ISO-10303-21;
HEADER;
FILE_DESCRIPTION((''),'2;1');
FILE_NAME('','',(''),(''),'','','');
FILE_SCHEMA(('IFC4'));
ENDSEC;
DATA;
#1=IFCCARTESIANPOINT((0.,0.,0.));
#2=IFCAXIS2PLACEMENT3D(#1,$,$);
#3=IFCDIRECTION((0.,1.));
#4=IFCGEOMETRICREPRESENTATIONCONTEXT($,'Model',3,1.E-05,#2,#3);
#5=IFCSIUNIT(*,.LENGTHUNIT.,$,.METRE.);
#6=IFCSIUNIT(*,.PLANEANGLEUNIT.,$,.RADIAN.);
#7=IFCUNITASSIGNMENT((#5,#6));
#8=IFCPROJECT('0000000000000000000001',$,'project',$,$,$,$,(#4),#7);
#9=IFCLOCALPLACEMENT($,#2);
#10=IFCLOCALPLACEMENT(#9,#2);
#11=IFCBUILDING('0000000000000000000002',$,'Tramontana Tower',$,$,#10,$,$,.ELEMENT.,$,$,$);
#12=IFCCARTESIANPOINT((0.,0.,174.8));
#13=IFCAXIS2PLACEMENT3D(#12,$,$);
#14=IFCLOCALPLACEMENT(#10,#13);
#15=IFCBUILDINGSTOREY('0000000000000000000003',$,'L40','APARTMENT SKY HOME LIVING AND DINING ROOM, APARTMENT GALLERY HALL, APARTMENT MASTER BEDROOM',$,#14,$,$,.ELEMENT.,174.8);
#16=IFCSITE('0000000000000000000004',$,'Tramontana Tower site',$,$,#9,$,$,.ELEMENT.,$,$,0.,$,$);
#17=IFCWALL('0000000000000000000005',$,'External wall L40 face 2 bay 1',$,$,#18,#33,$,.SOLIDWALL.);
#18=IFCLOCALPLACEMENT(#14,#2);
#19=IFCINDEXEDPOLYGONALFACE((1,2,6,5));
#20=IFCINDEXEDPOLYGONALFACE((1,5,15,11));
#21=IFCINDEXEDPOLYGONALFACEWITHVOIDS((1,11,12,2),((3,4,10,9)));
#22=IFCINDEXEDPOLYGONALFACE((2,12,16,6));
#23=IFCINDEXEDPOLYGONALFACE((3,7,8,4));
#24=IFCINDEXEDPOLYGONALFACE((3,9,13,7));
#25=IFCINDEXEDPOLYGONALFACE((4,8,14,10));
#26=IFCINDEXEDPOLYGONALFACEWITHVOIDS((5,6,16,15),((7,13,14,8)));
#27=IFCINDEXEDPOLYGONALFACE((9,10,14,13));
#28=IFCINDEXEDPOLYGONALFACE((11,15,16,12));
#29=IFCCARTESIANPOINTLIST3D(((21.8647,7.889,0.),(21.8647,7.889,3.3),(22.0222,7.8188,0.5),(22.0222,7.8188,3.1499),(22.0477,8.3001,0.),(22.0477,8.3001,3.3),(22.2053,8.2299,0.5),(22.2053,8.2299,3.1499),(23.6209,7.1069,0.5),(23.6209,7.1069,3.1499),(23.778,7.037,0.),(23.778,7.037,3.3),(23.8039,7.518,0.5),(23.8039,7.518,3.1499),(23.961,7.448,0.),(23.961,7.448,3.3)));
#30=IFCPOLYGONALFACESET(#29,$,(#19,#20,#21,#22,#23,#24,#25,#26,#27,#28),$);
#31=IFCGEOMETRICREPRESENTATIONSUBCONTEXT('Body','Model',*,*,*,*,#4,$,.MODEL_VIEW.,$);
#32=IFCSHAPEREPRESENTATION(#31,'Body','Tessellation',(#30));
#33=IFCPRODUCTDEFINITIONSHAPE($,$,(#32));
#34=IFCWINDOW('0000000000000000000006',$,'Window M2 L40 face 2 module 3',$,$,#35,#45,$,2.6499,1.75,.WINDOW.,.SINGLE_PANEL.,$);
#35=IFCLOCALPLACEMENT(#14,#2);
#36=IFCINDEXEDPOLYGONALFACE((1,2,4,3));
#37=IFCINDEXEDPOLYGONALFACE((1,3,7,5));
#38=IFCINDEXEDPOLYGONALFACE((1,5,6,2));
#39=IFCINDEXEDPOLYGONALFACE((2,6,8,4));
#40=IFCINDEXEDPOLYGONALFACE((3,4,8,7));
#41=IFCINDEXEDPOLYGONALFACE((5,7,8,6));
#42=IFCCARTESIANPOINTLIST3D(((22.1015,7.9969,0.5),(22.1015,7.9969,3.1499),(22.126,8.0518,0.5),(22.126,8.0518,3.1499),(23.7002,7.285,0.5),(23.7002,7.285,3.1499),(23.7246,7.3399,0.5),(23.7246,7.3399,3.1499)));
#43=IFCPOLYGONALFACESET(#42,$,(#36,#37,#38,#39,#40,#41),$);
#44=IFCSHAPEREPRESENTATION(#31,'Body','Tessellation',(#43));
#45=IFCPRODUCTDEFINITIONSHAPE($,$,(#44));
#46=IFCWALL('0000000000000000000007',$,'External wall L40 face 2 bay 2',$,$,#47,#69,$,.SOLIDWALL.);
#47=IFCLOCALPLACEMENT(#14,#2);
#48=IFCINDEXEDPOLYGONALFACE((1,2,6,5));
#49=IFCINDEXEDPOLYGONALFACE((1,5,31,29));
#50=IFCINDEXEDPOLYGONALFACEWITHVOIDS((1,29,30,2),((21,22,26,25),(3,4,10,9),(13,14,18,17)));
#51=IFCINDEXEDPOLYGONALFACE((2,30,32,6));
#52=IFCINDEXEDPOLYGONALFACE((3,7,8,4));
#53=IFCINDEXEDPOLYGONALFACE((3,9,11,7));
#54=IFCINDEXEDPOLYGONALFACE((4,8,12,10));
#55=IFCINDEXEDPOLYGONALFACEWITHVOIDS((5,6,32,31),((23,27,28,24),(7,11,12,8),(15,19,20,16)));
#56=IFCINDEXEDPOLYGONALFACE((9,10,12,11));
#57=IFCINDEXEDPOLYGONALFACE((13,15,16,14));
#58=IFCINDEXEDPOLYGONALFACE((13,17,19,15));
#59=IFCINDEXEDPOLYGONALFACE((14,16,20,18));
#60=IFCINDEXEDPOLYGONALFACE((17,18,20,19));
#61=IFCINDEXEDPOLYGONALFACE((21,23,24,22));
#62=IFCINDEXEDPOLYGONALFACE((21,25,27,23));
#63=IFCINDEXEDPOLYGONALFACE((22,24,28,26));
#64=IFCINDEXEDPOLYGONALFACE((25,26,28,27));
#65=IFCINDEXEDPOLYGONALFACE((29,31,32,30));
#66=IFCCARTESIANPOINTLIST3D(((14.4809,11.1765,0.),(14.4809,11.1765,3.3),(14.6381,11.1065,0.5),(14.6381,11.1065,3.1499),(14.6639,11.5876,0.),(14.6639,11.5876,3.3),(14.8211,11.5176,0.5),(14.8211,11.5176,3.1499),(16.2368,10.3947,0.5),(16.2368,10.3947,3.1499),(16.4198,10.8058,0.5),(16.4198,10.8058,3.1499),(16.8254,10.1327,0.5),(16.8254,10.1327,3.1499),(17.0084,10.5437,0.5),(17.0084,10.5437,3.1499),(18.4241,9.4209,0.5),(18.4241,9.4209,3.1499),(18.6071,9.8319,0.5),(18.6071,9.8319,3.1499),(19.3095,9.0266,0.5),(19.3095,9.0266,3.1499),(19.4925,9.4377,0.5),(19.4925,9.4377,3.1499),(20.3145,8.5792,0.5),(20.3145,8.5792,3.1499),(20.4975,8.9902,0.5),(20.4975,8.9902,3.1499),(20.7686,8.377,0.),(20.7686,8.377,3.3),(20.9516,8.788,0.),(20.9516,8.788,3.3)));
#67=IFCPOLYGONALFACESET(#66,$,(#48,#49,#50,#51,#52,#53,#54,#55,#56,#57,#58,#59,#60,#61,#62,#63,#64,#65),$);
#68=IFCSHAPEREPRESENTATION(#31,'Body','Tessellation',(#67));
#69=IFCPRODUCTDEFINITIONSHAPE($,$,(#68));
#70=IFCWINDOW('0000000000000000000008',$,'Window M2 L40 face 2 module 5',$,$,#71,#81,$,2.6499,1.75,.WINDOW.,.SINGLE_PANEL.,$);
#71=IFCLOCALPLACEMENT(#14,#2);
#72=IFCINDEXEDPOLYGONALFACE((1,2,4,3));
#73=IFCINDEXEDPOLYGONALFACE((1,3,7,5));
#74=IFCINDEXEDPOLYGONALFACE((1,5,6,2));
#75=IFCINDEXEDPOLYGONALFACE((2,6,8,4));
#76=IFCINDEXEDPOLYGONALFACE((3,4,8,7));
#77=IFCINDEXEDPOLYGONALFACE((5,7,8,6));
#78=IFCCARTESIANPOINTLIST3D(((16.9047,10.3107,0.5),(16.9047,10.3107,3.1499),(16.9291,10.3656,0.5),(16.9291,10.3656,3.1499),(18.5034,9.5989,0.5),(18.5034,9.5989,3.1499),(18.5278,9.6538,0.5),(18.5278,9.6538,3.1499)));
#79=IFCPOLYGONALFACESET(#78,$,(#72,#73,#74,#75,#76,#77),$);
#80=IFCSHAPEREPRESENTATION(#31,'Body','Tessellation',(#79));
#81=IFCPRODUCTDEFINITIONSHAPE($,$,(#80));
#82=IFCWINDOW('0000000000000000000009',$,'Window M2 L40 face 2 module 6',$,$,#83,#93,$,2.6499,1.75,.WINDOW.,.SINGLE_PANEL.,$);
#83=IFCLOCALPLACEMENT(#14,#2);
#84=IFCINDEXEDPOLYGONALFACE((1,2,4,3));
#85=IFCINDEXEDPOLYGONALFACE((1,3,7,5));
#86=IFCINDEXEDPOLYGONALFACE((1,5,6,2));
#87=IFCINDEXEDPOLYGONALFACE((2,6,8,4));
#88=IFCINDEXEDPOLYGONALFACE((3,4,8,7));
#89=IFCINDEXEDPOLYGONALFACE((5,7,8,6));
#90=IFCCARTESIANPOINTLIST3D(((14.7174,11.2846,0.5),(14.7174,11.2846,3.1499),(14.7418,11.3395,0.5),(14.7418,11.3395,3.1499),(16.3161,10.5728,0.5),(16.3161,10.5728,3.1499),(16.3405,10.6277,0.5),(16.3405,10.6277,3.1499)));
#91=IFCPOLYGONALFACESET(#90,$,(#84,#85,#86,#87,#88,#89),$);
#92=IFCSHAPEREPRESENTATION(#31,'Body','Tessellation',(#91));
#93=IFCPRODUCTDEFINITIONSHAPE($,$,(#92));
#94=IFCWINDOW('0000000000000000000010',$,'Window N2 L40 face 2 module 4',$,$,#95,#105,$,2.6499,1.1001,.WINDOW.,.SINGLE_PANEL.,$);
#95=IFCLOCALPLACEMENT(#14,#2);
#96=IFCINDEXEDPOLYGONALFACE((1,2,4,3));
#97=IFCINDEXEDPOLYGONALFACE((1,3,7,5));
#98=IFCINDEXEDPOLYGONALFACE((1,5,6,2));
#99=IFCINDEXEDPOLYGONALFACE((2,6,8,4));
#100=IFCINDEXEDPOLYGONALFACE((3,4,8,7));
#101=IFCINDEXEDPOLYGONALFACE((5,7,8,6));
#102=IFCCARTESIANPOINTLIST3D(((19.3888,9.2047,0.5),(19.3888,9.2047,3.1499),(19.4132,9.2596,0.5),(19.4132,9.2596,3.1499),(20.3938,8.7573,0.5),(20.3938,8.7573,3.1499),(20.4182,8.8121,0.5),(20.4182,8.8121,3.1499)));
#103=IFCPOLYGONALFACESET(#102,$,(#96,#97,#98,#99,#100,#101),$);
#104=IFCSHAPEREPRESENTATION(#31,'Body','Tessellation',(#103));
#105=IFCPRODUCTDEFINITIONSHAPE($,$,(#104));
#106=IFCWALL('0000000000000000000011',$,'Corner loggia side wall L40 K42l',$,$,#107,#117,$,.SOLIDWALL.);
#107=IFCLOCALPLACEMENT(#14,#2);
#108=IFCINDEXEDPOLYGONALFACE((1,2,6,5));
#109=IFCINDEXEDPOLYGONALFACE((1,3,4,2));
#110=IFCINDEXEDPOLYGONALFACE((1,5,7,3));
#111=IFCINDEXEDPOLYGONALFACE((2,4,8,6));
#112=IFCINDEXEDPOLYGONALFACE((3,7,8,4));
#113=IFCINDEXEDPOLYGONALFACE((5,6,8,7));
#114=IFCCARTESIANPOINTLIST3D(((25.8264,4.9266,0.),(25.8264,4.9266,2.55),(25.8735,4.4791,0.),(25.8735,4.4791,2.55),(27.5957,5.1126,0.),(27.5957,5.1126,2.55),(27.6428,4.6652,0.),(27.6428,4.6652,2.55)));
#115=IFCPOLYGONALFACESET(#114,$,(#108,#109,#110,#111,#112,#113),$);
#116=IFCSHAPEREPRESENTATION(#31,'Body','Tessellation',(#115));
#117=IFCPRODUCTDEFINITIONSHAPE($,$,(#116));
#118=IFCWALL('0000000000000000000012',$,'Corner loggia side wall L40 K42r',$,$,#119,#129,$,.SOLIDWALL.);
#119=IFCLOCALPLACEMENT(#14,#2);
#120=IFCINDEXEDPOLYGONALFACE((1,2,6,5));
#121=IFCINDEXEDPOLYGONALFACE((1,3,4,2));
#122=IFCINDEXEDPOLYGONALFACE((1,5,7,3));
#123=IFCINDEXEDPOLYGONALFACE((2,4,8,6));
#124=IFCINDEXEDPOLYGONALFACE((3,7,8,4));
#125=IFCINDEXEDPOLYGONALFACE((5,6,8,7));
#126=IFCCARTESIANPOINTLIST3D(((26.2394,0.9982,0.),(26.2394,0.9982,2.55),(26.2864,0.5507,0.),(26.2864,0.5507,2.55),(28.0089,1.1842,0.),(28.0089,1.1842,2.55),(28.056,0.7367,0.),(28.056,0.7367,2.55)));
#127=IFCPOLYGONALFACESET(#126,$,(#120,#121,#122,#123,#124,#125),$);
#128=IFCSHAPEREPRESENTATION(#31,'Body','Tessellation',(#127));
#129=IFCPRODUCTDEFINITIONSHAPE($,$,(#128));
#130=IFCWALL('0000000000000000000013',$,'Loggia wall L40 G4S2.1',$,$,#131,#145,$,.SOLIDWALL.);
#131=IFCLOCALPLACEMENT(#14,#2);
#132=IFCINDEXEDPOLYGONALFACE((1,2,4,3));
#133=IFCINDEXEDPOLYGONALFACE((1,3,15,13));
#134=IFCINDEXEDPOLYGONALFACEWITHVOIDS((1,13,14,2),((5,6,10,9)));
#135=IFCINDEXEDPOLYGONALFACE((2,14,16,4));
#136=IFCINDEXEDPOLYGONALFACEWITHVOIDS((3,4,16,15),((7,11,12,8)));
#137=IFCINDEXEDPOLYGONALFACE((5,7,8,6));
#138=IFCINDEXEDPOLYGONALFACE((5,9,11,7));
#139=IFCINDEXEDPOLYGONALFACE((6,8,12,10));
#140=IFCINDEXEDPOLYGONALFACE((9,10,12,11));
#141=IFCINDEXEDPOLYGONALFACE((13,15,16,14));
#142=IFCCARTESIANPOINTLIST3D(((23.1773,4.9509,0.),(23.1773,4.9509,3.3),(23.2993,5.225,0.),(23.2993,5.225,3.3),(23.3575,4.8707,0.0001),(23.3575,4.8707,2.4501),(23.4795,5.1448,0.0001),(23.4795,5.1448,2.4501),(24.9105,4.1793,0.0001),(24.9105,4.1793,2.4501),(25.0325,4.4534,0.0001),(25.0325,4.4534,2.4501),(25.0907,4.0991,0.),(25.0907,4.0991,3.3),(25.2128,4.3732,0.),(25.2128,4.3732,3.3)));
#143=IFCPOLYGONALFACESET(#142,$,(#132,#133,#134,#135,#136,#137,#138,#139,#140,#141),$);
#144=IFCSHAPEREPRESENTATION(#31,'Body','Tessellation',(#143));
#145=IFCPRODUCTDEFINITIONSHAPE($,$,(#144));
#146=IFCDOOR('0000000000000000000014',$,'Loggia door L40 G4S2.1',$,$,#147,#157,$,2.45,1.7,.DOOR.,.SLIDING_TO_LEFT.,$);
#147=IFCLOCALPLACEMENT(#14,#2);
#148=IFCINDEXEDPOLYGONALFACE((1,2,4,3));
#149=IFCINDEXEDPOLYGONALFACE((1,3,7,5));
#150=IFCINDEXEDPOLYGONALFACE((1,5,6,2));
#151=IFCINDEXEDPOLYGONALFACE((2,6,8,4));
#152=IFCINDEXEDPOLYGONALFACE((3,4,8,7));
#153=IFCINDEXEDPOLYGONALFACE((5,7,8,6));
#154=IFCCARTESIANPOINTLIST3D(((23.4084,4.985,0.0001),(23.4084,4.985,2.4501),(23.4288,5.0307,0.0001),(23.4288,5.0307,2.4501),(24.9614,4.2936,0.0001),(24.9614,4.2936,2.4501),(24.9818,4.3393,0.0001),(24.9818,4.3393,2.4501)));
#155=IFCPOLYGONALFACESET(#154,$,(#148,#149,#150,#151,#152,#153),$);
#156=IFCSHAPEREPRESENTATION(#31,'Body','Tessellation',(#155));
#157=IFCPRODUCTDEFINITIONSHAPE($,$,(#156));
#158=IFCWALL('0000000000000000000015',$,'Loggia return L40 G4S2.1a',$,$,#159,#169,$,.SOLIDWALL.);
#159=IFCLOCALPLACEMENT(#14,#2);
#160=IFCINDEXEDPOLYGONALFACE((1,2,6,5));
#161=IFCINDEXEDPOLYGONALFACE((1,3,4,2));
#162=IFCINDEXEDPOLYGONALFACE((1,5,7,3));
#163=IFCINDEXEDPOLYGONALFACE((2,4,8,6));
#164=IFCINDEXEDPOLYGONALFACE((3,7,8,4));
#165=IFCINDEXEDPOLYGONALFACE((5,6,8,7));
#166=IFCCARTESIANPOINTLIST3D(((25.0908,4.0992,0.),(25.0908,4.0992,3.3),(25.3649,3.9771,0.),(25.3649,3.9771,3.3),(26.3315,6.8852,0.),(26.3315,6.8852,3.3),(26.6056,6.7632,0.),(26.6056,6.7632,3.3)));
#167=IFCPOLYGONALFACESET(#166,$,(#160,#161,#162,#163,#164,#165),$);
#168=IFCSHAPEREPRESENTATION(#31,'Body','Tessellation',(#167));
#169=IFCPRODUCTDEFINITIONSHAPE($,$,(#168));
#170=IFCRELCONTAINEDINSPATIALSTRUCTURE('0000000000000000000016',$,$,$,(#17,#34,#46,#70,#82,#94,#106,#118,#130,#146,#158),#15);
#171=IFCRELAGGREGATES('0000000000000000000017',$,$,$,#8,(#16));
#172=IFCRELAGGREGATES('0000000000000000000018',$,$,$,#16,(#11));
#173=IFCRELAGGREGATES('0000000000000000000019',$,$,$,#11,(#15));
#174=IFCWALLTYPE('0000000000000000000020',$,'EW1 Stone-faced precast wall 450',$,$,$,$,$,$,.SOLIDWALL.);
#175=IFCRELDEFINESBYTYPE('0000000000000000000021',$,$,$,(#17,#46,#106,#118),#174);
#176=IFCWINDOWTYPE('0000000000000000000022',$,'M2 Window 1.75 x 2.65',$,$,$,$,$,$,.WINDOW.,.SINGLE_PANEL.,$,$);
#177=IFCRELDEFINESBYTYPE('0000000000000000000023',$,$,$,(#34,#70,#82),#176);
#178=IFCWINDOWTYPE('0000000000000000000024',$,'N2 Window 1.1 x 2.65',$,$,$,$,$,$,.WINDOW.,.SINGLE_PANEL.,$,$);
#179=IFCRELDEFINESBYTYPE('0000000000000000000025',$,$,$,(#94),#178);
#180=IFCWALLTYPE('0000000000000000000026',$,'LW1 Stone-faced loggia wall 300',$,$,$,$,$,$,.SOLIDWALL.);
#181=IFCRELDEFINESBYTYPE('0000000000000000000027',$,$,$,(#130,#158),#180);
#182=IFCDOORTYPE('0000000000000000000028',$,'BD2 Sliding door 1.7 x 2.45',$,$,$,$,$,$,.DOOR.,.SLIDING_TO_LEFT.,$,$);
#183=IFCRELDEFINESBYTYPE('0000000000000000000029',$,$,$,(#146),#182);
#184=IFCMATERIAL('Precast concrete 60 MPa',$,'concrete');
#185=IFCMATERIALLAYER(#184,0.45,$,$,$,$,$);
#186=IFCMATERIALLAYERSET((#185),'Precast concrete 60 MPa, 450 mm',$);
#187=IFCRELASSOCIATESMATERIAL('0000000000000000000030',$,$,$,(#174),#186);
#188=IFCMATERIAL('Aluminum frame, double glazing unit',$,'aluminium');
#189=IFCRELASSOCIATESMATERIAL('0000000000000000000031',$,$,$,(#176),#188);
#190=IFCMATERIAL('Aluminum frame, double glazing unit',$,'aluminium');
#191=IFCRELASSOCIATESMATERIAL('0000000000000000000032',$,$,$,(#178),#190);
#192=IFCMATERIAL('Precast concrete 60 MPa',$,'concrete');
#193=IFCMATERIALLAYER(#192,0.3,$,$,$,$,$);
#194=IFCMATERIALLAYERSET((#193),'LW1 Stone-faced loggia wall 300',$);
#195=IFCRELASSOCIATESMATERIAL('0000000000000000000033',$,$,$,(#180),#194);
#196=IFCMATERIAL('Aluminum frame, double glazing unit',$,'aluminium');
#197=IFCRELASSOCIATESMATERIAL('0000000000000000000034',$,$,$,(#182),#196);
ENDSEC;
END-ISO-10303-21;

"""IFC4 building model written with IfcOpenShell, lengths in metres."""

from ifc_helpers import new_model, si_unit, direction, frame, frame_2d, origin, place, context, subcontext, project, spatial, rectangle, extrude, material, layer, layer_set, type_object, element, fill, save


model = new_model("IFC4")

# Units and contexts
model_context = context("Model", 3, precision=1e-05, world=origin(), true_north=direction((0.0, 1.0)))
body_context = subcontext(model_context, "Body", "Model", "MODEL_VIEW")
ifc_project = project(units=[si_unit("LENGTHUNIT", "METRE"), si_unit("PLANEANGLEUNIT", "RADIAN")], contexts=[model_context])

# Site, building, storey
site_placement = place(None, origin())
site = spatial("IfcSite", under=ifc_project, at=site_placement, Name="Tramontana Tower site", CompositionType="ELEMENT", RefElevation=0.0)
building_placement = place(site_placement, origin())
building = spatial("IfcBuilding", under=site, at=building_placement, Name="Tramontana Tower", CompositionType="ELEMENT")
storey_placement = place(building_placement, frame((0.0, 0.0, 174.8)))
storey = spatial("IfcBuildingStorey", under=building, at=storey_placement, Name="L40", Description="APARTMENT SKY HOME LIVING AND DINING ROOM, APARTMENT GALLERY HALL, APARTMENT MASTER BEDROOM", CompositionType="ELEMENT", Elevation=174.8)

# Wall, opening, window
ifc_material_1 = material(Name="Precast concrete 60 MPa", Category="concrete")
ifc_layer_1 = layer(ifc_material_1, 0.45)
ifc_layer_set_1 = layer_set([ifc_layer_1], Name="Precast concrete 60 MPa, 450 mm")
wall_type_1 = type_object("IfcWallType", Name="EW1 Stone-faced precast wall 450", PredefinedType="SOLIDWALL", material=ifc_layer_set_1)
wall_1_placement = place(storey_placement, frame((23.8696, 7.2424, 0.0), z_axis=(0.0, 0.0, 1.0), x_axis=(-0.913513, 0.406809, 0.0)))
wall_1 = element("IfcWall", 1, at=wall_1_placement, inside=storey, type_object=wall_type_1, Name="External wall L40 face 2 bay 1", PredefinedType="SOLIDWALL", context=body_context, shape_type="SweptSolid", body=[
    extrude(rectangle(XDim=2.0945, YDim=0.45, at=frame_2d((1.0474, 0.0))), origin(), (0.0, 0.0, 1.0), 3.3),
])
opening_1_placement = place(wall_1_placement, frame((0.1721, 0.0, 0.5)))
opening_1 = element("IfcOpeningElement", 2, at=opening_1_placement, cuts=wall_1, PredefinedType="OPENING", context=body_context, shape_type="SweptSolid", body=[
    extrude(rectangle(XDim=1.75, YDim=2.6499, at=frame_2d((0.875, 1.325))), frame((0.0, 0.2349, 0.0), z_axis=(0.0, -1.0, 0.0), x_axis=(1.0, 0.0, 0.0)), (0.0, 0.0, 1.0), 0.47),
])
ifc_material_2 = material(Name="Aluminum frame, double glazing unit", Category="aluminium")
window_type_1 = type_object("IfcWindowType", Name="M2 Window 1.75 x 2.65", PartitioningType="SINGLE_PANEL", PredefinedType="WINDOW", material=ifc_material_2)
window_1_placement = place(opening_1_placement, origin())
window_1 = element("IfcWindow", 3, at=window_1_placement, inside=storey, type_object=window_type_1, Name="Window M2 L40 face 2 module 3", OverallHeight=2.6499, OverallWidth=1.75, PartitioningType="SINGLE_PANEL", PredefinedType="WINDOW", context=body_context, shape_type="SweptSolid", body=[
    extrude(rectangle(XDim=1.75, YDim=2.6499, at=frame_2d((0.875, 1.325))), frame((0.0, 0.03, 0.0), z_axis=(0.0, -1.0, 0.0), x_axis=(1.0, 0.0, 0.0)), (0.0, 0.0, 1.0), 0.0601),
])
fill(opening_1, window_1)

# Wall, openings, windows
wall_2_placement = place(storey_placement, frame((20.8601, 8.5825, 0.0), z_axis=(0.0, 0.0, 1.0), x_axis=(-0.913544, 0.406741, 0.0)))
wall_2 = element("IfcWall", 4, at=wall_2_placement, inside=storey, type_object=wall_type_1, Name="External wall L40 face 2 bay 2", PredefinedType="SOLIDWALL", context=body_context, shape_type="SweptSolid", body=[
    extrude(rectangle(XDim=6.8828, YDim=0.45, at=frame_2d((3.4414, 0.0))), origin(), (0.0, 0.0, 1.0), 3.3),
])
opening_2_placement = place(wall_2_placement, frame((0.4971, 0.0, 0.5)))
opening_2 = element("IfcOpeningElement", 5, at=opening_2_placement, cuts=wall_2, PredefinedType="OPENING", context=body_context, shape_type="SweptSolid", body=[
    extrude(rectangle(XDim=1.1001, YDim=2.6499, at=frame_2d((0.55, 1.325))), frame((0.0, 0.2349, 0.0), z_axis=(0.0, -1.0, 0.0), x_axis=(1.0, 0.0, 0.0)), (0.0, 0.0, 1.0), 0.47),
])
opening_3_placement = place(wall_2_placement, frame((2.5664, 0.0, 0.5)))
opening_3 = element("IfcOpeningElement", 6, at=opening_3_placement, cuts=wall_2, PredefinedType="OPENING", context=body_context, shape_type="SweptSolid", body=[
    extrude(rectangle(XDim=1.75, YDim=2.6499, at=frame_2d((0.875, 1.325))), frame((0.0, 0.2349, 0.0), z_axis=(0.0, -1.0, 0.0), x_axis=(1.0, 0.0, 0.0)), (0.0, 0.0, 1.0), 0.47),
])
opening_4_placement = place(wall_2_placement, frame((4.9607, 0.0, 0.5)))
opening_4 = element("IfcOpeningElement", 7, at=opening_4_placement, cuts=wall_2, PredefinedType="OPENING", context=body_context, shape_type="SweptSolid", body=[
    extrude(rectangle(XDim=1.75, YDim=2.6499, at=frame_2d((0.875, 1.325))), frame((0.0, 0.2349, 0.0), z_axis=(0.0, -1.0, 0.0), x_axis=(1.0, 0.0, 0.0)), (0.0, 0.0, 1.0), 0.47),
])
window_2_placement = place(opening_3_placement, origin())
window_2 = element("IfcWindow", 8, at=window_2_placement, inside=storey, type_object=window_type_1, Name="Window M2 L40 face 2 module 5", OverallHeight=2.6499, OverallWidth=1.75, PartitioningType="SINGLE_PANEL", PredefinedType="WINDOW", context=body_context, shape_type="SweptSolid", body=[
    extrude(rectangle(XDim=1.75, YDim=2.6499, at=frame_2d((0.875, 1.325))), frame((0.0, 0.03, 0.0), z_axis=(0.0, -1.0, 0.0), x_axis=(1.0, 0.0, 0.0)), (0.0, 0.0, 1.0), 0.0601),
])
fill(opening_3, window_2)
window_3_placement = place(opening_4_placement, origin())
window_3 = element("IfcWindow", 9, at=window_3_placement, inside=storey, type_object=window_type_1, Name="Window M2 L40 face 2 module 6", OverallHeight=2.6499, OverallWidth=1.75, PartitioningType="SINGLE_PANEL", PredefinedType="WINDOW", context=body_context, shape_type="SweptSolid", body=[
    extrude(rectangle(XDim=1.75, YDim=2.6499, at=frame_2d((0.875, 1.325))), frame((0.0, 0.03, 0.0), z_axis=(0.0, -1.0, 0.0), x_axis=(1.0, 0.0, 0.0)), (0.0, 0.0, 1.0), 0.0601),
])
fill(opening_4, window_3)
ifc_material_3 = material(Name="Aluminum frame, double glazing unit", Category="aluminium")
window_type_2 = type_object("IfcWindowType", Name="N2 Window 1.1 x 2.65", PartitioningType="SINGLE_PANEL", PredefinedType="WINDOW", material=ifc_material_3)
window_4_placement = place(opening_2_placement, origin())
window_4 = element("IfcWindow", 10, at=window_4_placement, inside=storey, type_object=window_type_2, Name="Window N2 L40 face 2 module 4", OverallHeight=2.6499, OverallWidth=1.1001, PartitioningType="SINGLE_PANEL", PredefinedType="WINDOW", context=body_context, shape_type="SweptSolid", body=[
    extrude(rectangle(XDim=1.1001, YDim=2.6499, at=frame_2d((0.55, 1.325))), frame((0.0, 0.03, 0.0), z_axis=(0.0, -1.0, 0.0), x_axis=(1.0, 0.0, 0.0)), (0.0, 0.0, 1.0), 0.0601),
])
fill(opening_2, window_4)

# Walls
wall_3_placement = place(storey_placement, frame((27.6194, 4.8889, 0.0), z_axis=(0.0, 0.0, 1.0), x_axis=(-0.994517, -0.10457, 0.0)))
element("IfcWall", 11, at=wall_3_placement, inside=storey, type_object=wall_type_1, Name="Corner loggia side wall L40 K42l", PredefinedType="SOLIDWALL", context=body_context, shape_type="SweptSolid", body=[
    extrude(rectangle(XDim=1.7791, YDim=0.45, at=frame_2d((0.8896, 0.0))), origin(), (0.0, 0.0, 1.0), 2.55),
])
wall_4_placement = place(storey_placement, frame((28.0325, 0.9604, 0.0), z_axis=(0.0, 0.0, 1.0), x_axis=(-0.994519, -0.104556, 0.0)))
element("IfcWall", 12, at=wall_4_placement, inside=storey, type_object=wall_type_1, Name="Corner loggia side wall L40 K42r", PredefinedType="SOLIDWALL", context=body_context, shape_type="SweptSolid", body=[
    extrude(rectangle(XDim=1.7793, YDim=0.45, at=frame_2d((0.8896, 0.0))), origin(), (0.0, 0.0, 1.0), 2.55),
])

# Wall, opening, door
ifc_material_4 = material(Name="Precast concrete 60 MPa", Category="concrete")
ifc_layer_2 = layer(ifc_material_4, 0.3)
ifc_layer_set_2 = layer_set([ifc_layer_2], Name="LW1 Stone-faced loggia wall 300")
wall_type_2 = type_object("IfcWallType", Name="LW1 Stone-faced loggia wall 300", PredefinedType="SOLIDWALL", material=ifc_layer_set_2)
wall_5_placement = place(storey_placement, frame((25.1519, 4.2361, 0.0), z_axis=(0.0, 0.0, 1.0), x_axis=(-0.913557, 0.406712, 0.0)))
wall_5 = element("IfcWall", 13, at=wall_5_placement, inside=storey, type_object=wall_type_2, Name="Loggia wall L40 G4S2.1", PredefinedType="SOLIDWALL", context=body_context, shape_type="SweptSolid", body=[
    extrude(rectangle(XDim=2.0945, YDim=0.3, at=frame_2d((1.0474, 0.0))), origin(), (0.0, 0.0, 1.0), 3.3),
])
opening_5_placement = place(wall_5_placement, frame((0.1973, 0.0, 0.0)))
opening_5 = element("IfcOpeningElement", 14, at=opening_5_placement, cuts=wall_5, PredefinedType="OPENING", context=body_context, shape_type="SweptSolid", body=[
    extrude(rectangle(XDim=1.7, YDim=2.45, at=frame_2d((0.8501, 1.2251))), frame((0.0, 0.1599, 0.0), z_axis=(0.0, -1.0, 0.0), x_axis=(1.0, 0.0, 0.0)), (0.0, 0.0, 1.0), 0.3201),
])
ifc_material_5 = material(Name="Aluminum frame, double glazing unit", Category="aluminium")
door_type_1 = type_object("IfcDoorType", Name="BD2 Sliding door 1.7 x 2.45", OperationType="SLIDING_TO_LEFT", PredefinedType="DOOR", material=ifc_material_5)
door_1_placement = place(opening_5_placement, origin())
door_1 = element("IfcDoor", 15, at=door_1_placement, inside=storey, type_object=door_type_1, Name="Loggia door L40 G4S2.1", OperationType="SLIDING_TO_LEFT", OverallHeight=2.45, OverallWidth=1.7, PredefinedType="DOOR", context=body_context, shape_type="SweptSolid", body=[
    extrude(rectangle(XDim=1.7, YDim=2.45, at=frame_2d((0.8501, 1.2251))), frame((0.0, 0.0249, 0.0), z_axis=(0.0, -1.0, 0.0), x_axis=(1.0, 0.0, 0.0)), (0.0, 0.0, 1.0), 0.05),
])
fill(opening_5, door_1)

# Wall
for number, where, z_axis, x_axis, name in (
    (16, (26.4685, 6.8242, 0.0), (0.0, 0.0, 1.0), (-0.406807, -0.913514, 0.0), "Loggia return L40 G4S2.1a"),
):
    element("IfcWall", number, at=place(storey_placement, frame(where, z_axis=z_axis, x_axis=x_axis)), inside=storey, type_object=wall_type_2, Name=name, PredefinedType="SOLIDWALL", context=body_context, shape_type="SweptSolid", body=[
        extrude(rectangle(XDim=3.0498, YDim=0.3, at=frame_2d((1.5249, 0.0))), origin(), (0.0, 0.0, 1.0), 3.3),
    ])

save(model, "model.ifc")
